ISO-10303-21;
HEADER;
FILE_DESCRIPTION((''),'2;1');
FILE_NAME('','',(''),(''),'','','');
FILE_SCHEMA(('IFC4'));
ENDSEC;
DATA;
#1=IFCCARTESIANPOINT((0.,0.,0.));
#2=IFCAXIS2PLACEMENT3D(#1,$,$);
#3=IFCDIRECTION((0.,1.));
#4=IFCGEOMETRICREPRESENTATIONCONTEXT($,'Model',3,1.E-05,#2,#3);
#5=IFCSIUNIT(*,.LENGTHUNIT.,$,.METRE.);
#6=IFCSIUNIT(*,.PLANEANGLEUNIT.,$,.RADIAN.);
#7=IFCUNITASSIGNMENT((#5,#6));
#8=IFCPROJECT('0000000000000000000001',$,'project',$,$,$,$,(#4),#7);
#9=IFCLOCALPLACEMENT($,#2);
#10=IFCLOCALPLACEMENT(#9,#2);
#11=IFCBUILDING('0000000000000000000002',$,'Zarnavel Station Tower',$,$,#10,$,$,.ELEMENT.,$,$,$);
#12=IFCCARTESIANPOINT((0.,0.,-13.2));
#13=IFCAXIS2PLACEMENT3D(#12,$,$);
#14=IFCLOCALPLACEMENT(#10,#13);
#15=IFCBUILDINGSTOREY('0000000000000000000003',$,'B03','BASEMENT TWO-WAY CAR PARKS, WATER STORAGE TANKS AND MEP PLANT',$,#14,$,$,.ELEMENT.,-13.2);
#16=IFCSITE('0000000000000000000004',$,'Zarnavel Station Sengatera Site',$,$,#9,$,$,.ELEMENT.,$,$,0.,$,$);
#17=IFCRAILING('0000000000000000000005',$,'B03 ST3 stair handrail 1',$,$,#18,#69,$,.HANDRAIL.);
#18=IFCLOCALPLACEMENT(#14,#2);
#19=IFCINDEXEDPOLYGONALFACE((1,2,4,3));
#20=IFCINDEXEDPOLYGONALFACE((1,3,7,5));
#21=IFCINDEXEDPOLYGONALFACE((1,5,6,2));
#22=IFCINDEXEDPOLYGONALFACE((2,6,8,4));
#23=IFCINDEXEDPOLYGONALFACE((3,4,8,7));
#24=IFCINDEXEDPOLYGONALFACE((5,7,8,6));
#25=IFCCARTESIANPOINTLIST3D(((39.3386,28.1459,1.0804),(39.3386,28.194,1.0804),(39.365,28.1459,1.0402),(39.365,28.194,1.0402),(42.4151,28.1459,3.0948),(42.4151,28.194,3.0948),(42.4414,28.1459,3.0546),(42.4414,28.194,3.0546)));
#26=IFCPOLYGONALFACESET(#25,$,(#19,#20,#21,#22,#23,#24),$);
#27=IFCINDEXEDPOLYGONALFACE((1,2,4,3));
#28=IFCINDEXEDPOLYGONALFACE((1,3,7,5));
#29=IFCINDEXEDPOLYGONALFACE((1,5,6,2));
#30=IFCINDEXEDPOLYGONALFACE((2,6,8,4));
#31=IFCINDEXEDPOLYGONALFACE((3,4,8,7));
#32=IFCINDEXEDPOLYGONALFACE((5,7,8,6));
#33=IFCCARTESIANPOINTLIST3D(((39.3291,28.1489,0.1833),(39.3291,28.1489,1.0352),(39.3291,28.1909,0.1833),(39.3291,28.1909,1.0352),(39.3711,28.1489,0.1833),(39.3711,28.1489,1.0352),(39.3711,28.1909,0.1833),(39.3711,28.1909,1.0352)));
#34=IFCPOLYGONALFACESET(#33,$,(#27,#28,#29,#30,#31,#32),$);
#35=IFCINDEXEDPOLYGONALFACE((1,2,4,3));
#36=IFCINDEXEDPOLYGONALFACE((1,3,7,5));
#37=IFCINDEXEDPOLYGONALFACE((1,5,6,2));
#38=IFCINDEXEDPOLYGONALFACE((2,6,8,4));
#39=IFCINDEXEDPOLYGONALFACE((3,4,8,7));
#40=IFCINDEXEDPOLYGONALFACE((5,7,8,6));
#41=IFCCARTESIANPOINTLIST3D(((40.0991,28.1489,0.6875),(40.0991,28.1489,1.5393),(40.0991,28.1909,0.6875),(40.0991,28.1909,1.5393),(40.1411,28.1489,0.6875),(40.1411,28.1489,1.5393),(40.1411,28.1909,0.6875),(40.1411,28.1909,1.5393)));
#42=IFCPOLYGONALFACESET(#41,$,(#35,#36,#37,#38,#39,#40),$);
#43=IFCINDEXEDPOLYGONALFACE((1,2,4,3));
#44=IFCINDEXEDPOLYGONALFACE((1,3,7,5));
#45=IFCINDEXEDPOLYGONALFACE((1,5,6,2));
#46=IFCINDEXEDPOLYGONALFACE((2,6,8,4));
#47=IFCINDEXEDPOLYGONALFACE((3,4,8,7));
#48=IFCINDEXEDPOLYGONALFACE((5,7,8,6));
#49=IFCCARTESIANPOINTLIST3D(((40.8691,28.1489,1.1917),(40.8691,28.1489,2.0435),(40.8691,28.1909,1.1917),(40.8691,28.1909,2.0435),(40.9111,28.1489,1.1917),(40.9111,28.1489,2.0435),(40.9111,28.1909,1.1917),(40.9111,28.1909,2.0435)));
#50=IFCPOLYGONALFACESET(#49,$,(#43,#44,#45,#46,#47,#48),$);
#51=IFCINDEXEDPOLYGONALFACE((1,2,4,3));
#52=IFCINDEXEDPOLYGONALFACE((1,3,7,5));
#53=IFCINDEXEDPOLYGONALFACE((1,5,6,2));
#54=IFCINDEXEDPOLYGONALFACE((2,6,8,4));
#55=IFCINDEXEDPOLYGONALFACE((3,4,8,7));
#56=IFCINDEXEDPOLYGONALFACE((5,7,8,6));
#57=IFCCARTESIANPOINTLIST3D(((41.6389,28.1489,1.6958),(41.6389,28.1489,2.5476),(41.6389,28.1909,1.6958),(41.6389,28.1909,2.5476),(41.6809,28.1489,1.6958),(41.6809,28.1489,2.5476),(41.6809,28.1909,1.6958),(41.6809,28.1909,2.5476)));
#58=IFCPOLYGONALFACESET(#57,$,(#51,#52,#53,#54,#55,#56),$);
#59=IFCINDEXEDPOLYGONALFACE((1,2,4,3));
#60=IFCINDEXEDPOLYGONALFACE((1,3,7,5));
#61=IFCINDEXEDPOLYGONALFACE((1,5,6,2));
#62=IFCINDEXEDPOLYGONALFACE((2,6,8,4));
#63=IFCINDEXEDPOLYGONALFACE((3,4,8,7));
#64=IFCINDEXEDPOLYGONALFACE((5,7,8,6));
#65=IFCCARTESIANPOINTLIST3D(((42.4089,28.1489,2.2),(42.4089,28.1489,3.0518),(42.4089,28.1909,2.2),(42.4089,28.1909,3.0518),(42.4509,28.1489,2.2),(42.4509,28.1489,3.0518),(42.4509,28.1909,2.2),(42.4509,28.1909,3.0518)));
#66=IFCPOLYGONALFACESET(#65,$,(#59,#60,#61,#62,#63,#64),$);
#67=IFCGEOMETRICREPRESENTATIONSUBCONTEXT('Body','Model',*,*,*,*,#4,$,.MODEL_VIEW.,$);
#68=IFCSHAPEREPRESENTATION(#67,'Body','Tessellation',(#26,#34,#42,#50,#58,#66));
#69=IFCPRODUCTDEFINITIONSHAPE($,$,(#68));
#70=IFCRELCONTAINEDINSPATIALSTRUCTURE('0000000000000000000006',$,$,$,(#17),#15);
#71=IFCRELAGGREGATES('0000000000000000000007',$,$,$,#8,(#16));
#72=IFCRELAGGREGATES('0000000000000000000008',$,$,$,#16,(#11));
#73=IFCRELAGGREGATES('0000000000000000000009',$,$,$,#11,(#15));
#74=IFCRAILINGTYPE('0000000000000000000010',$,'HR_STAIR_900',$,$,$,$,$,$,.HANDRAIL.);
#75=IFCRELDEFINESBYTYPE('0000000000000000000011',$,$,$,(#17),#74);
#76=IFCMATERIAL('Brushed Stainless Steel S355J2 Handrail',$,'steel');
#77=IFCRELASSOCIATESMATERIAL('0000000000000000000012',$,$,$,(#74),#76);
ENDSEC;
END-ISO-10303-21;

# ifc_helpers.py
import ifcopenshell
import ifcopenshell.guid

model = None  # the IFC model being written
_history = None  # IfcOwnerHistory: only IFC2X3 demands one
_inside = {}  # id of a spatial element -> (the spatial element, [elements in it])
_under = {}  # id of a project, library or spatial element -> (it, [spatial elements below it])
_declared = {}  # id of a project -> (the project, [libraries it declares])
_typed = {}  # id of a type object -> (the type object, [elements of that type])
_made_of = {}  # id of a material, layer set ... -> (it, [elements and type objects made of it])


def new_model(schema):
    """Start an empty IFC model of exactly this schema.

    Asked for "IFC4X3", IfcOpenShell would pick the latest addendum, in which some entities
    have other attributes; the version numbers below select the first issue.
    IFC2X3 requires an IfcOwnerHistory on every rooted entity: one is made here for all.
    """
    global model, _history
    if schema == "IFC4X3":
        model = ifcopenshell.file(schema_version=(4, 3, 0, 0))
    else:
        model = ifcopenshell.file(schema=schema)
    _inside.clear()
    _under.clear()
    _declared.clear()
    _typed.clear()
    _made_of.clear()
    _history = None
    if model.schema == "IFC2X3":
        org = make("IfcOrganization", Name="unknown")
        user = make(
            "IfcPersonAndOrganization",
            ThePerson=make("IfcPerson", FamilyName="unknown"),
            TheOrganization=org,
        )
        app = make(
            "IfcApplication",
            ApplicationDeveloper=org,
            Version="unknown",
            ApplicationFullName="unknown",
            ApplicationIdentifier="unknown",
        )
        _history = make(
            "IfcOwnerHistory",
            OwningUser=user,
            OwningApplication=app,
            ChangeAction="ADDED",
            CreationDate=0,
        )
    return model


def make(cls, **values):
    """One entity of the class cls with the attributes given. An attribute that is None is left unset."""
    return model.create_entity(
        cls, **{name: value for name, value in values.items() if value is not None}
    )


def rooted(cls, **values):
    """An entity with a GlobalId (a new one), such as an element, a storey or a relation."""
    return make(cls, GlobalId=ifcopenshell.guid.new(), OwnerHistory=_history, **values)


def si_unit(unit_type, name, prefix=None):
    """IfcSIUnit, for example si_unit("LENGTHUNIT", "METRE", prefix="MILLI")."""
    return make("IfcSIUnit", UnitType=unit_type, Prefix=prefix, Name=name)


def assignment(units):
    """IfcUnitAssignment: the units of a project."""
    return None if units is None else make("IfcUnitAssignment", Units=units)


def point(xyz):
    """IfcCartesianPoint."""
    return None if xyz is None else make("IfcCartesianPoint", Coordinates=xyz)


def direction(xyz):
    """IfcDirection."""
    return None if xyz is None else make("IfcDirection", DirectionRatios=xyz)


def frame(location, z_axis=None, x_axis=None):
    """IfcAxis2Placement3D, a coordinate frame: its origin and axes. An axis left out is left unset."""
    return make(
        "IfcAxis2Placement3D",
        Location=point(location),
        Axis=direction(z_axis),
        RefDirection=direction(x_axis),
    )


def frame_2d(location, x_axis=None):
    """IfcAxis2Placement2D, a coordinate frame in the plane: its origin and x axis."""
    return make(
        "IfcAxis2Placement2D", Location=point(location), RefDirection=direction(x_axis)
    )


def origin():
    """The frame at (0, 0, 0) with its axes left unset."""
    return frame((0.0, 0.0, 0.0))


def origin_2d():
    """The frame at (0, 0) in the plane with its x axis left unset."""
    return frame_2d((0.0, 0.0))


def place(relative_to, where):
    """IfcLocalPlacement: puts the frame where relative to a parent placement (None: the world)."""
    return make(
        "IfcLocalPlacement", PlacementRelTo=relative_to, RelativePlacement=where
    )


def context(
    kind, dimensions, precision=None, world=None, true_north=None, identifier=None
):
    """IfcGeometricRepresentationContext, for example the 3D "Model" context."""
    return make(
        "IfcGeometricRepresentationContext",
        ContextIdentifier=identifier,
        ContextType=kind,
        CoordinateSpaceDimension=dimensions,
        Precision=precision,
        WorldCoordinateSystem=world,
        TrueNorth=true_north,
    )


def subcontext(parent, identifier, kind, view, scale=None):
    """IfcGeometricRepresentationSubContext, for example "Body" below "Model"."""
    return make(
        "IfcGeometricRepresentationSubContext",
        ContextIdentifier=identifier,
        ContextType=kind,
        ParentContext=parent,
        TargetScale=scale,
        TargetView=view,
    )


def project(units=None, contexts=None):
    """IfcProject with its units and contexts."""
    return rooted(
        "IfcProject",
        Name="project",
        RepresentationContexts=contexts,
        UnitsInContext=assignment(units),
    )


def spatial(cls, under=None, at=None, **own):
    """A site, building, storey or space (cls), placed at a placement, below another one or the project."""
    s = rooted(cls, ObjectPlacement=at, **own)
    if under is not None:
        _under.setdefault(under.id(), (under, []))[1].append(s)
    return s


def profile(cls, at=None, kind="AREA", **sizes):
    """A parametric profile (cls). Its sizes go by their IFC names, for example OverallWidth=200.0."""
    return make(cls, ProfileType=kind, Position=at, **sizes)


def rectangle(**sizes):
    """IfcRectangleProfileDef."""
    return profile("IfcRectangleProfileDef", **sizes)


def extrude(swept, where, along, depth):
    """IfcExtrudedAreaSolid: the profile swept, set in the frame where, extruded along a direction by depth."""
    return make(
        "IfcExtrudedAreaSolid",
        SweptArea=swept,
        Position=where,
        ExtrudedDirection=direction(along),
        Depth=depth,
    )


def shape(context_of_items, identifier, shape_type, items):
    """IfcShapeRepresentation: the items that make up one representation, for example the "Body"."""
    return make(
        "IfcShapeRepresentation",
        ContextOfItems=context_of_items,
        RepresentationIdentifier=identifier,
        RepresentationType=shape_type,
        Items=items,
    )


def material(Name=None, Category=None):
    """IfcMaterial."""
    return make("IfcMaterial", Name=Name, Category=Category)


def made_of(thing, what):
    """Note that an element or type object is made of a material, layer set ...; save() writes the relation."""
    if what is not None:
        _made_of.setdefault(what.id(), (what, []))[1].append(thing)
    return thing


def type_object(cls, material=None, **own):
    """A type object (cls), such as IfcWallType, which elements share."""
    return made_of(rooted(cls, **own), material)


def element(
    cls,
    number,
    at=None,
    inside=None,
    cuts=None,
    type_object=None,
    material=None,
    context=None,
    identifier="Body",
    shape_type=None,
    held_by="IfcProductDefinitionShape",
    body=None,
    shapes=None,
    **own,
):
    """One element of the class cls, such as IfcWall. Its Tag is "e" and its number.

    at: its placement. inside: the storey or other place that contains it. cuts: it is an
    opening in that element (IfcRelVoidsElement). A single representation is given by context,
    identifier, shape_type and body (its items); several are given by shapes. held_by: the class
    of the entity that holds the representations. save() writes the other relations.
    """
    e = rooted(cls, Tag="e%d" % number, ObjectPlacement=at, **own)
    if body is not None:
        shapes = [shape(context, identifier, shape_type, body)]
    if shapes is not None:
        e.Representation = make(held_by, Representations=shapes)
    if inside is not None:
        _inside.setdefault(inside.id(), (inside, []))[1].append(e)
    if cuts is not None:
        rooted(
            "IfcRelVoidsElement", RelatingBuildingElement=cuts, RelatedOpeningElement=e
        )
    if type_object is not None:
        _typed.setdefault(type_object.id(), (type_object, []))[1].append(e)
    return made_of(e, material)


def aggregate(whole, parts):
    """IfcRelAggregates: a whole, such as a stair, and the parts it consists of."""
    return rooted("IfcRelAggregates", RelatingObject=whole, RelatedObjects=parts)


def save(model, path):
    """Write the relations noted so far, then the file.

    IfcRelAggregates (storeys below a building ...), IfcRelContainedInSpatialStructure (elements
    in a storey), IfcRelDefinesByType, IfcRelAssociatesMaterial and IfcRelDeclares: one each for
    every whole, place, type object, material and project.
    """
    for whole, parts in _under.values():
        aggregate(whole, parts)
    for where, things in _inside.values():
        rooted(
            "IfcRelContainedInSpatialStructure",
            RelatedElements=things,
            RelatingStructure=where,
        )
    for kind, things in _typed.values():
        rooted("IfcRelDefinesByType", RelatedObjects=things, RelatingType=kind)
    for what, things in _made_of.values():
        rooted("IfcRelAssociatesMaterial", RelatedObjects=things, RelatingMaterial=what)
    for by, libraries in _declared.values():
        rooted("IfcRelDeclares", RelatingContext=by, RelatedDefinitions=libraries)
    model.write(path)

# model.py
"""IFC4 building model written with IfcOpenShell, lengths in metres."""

from ifc_helpers import new_model, si_unit, direction, frame, origin, origin_2d, place, context, subcontext, project, spatial, rectangle, extrude, material, type_object, element, save


model = new_model("IFC4")

# Units and contexts
model_context = context("Model", 3, precision=1e-05, world=origin(), true_north=direction((0.0, 1.0)))
body_context = subcontext(model_context, "Body", "Model", "MODEL_VIEW")
ifc_project = project(units=[si_unit("LENGTHUNIT", "METRE"), si_unit("PLANEANGLEUNIT", "RADIAN")], contexts=[model_context])

# Site, building, storey
site_placement = place(None, origin())
site = spatial("IfcSite", under=ifc_project, at=site_placement, Name="Zarnavel Station Sengatera Site", CompositionType="ELEMENT", RefElevation=0.0)
building_placement = place(site_placement, origin())
building = spatial("IfcBuilding", under=site, at=building_placement, Name="Zarnavel Station Tower", CompositionType="ELEMENT")
storey_placement = place(building_placement, frame((0.0, 0.0, -13.2)))
storey = spatial("IfcBuildingStorey", under=building, at=storey_placement, Name="B03", Description="BASEMENT TWO-WAY CAR PARKS, WATER STORAGE TANKS AND MEP PLANT", CompositionType="ELEMENT", Elevation=-13.2)

# Railing
ifc_material_1 = material(Name="Brushed Stainless Steel S355J2 Handrail", Category="steel")
railing_type_1 = type_object("IfcRailingType", Name="HR_STAIR_900", PredefinedType="HANDRAIL", material=ifc_material_1)
for number, where, name in (
    (1, (39.3501, 28.1699, 0.1833), "B03 ST3 stair handrail 1"),
):
    element("IfcRailing", number, at=place(storey_placement, frame(where)), inside=storey, type_object=railing_type_1, Name=name, PredefinedType="HANDRAIL", context=body_context, shape_type="SweptSolid", body=[
        extrude(rectangle(XDim=0.0481, YDim=0.0481, at=origin_2d()), frame((0.0017, 0.0, 0.877), z_axis=(0.836613, 0.0, 0.547794), x_axis=(0.0, 1.0, 0.0)), (0.0, 0.0, 1.0), 3.6772),
        extrude(rectangle(XDim=0.042, YDim=0.042, at=origin_2d()), origin(), (0.0, 0.0, 1.0), 0.8518),
        extrude(rectangle(XDim=0.042, YDim=0.042, at=origin_2d()), frame((0.77, 0.0, 0.5042)), (0.0, 0.0, 1.0), 0.8518),
        extrude(rectangle(XDim=0.042, YDim=0.042, at=origin_2d()), frame((1.54, 0.0, 1.0083)), (0.0, 0.0, 1.0), 0.8518),
        extrude(rectangle(XDim=0.042, YDim=0.042, at=origin_2d()), frame((2.3098, 0.0, 1.5125)), (0.0, 0.0, 1.0), 0.8518),
        extrude(rectangle(XDim=0.042, YDim=0.042, at=origin_2d()), frame((3.0798, 0.0, 2.0166)), (0.0, 0.0, 1.0), 0.8518),
    ])

save(model, "model.ifc")
